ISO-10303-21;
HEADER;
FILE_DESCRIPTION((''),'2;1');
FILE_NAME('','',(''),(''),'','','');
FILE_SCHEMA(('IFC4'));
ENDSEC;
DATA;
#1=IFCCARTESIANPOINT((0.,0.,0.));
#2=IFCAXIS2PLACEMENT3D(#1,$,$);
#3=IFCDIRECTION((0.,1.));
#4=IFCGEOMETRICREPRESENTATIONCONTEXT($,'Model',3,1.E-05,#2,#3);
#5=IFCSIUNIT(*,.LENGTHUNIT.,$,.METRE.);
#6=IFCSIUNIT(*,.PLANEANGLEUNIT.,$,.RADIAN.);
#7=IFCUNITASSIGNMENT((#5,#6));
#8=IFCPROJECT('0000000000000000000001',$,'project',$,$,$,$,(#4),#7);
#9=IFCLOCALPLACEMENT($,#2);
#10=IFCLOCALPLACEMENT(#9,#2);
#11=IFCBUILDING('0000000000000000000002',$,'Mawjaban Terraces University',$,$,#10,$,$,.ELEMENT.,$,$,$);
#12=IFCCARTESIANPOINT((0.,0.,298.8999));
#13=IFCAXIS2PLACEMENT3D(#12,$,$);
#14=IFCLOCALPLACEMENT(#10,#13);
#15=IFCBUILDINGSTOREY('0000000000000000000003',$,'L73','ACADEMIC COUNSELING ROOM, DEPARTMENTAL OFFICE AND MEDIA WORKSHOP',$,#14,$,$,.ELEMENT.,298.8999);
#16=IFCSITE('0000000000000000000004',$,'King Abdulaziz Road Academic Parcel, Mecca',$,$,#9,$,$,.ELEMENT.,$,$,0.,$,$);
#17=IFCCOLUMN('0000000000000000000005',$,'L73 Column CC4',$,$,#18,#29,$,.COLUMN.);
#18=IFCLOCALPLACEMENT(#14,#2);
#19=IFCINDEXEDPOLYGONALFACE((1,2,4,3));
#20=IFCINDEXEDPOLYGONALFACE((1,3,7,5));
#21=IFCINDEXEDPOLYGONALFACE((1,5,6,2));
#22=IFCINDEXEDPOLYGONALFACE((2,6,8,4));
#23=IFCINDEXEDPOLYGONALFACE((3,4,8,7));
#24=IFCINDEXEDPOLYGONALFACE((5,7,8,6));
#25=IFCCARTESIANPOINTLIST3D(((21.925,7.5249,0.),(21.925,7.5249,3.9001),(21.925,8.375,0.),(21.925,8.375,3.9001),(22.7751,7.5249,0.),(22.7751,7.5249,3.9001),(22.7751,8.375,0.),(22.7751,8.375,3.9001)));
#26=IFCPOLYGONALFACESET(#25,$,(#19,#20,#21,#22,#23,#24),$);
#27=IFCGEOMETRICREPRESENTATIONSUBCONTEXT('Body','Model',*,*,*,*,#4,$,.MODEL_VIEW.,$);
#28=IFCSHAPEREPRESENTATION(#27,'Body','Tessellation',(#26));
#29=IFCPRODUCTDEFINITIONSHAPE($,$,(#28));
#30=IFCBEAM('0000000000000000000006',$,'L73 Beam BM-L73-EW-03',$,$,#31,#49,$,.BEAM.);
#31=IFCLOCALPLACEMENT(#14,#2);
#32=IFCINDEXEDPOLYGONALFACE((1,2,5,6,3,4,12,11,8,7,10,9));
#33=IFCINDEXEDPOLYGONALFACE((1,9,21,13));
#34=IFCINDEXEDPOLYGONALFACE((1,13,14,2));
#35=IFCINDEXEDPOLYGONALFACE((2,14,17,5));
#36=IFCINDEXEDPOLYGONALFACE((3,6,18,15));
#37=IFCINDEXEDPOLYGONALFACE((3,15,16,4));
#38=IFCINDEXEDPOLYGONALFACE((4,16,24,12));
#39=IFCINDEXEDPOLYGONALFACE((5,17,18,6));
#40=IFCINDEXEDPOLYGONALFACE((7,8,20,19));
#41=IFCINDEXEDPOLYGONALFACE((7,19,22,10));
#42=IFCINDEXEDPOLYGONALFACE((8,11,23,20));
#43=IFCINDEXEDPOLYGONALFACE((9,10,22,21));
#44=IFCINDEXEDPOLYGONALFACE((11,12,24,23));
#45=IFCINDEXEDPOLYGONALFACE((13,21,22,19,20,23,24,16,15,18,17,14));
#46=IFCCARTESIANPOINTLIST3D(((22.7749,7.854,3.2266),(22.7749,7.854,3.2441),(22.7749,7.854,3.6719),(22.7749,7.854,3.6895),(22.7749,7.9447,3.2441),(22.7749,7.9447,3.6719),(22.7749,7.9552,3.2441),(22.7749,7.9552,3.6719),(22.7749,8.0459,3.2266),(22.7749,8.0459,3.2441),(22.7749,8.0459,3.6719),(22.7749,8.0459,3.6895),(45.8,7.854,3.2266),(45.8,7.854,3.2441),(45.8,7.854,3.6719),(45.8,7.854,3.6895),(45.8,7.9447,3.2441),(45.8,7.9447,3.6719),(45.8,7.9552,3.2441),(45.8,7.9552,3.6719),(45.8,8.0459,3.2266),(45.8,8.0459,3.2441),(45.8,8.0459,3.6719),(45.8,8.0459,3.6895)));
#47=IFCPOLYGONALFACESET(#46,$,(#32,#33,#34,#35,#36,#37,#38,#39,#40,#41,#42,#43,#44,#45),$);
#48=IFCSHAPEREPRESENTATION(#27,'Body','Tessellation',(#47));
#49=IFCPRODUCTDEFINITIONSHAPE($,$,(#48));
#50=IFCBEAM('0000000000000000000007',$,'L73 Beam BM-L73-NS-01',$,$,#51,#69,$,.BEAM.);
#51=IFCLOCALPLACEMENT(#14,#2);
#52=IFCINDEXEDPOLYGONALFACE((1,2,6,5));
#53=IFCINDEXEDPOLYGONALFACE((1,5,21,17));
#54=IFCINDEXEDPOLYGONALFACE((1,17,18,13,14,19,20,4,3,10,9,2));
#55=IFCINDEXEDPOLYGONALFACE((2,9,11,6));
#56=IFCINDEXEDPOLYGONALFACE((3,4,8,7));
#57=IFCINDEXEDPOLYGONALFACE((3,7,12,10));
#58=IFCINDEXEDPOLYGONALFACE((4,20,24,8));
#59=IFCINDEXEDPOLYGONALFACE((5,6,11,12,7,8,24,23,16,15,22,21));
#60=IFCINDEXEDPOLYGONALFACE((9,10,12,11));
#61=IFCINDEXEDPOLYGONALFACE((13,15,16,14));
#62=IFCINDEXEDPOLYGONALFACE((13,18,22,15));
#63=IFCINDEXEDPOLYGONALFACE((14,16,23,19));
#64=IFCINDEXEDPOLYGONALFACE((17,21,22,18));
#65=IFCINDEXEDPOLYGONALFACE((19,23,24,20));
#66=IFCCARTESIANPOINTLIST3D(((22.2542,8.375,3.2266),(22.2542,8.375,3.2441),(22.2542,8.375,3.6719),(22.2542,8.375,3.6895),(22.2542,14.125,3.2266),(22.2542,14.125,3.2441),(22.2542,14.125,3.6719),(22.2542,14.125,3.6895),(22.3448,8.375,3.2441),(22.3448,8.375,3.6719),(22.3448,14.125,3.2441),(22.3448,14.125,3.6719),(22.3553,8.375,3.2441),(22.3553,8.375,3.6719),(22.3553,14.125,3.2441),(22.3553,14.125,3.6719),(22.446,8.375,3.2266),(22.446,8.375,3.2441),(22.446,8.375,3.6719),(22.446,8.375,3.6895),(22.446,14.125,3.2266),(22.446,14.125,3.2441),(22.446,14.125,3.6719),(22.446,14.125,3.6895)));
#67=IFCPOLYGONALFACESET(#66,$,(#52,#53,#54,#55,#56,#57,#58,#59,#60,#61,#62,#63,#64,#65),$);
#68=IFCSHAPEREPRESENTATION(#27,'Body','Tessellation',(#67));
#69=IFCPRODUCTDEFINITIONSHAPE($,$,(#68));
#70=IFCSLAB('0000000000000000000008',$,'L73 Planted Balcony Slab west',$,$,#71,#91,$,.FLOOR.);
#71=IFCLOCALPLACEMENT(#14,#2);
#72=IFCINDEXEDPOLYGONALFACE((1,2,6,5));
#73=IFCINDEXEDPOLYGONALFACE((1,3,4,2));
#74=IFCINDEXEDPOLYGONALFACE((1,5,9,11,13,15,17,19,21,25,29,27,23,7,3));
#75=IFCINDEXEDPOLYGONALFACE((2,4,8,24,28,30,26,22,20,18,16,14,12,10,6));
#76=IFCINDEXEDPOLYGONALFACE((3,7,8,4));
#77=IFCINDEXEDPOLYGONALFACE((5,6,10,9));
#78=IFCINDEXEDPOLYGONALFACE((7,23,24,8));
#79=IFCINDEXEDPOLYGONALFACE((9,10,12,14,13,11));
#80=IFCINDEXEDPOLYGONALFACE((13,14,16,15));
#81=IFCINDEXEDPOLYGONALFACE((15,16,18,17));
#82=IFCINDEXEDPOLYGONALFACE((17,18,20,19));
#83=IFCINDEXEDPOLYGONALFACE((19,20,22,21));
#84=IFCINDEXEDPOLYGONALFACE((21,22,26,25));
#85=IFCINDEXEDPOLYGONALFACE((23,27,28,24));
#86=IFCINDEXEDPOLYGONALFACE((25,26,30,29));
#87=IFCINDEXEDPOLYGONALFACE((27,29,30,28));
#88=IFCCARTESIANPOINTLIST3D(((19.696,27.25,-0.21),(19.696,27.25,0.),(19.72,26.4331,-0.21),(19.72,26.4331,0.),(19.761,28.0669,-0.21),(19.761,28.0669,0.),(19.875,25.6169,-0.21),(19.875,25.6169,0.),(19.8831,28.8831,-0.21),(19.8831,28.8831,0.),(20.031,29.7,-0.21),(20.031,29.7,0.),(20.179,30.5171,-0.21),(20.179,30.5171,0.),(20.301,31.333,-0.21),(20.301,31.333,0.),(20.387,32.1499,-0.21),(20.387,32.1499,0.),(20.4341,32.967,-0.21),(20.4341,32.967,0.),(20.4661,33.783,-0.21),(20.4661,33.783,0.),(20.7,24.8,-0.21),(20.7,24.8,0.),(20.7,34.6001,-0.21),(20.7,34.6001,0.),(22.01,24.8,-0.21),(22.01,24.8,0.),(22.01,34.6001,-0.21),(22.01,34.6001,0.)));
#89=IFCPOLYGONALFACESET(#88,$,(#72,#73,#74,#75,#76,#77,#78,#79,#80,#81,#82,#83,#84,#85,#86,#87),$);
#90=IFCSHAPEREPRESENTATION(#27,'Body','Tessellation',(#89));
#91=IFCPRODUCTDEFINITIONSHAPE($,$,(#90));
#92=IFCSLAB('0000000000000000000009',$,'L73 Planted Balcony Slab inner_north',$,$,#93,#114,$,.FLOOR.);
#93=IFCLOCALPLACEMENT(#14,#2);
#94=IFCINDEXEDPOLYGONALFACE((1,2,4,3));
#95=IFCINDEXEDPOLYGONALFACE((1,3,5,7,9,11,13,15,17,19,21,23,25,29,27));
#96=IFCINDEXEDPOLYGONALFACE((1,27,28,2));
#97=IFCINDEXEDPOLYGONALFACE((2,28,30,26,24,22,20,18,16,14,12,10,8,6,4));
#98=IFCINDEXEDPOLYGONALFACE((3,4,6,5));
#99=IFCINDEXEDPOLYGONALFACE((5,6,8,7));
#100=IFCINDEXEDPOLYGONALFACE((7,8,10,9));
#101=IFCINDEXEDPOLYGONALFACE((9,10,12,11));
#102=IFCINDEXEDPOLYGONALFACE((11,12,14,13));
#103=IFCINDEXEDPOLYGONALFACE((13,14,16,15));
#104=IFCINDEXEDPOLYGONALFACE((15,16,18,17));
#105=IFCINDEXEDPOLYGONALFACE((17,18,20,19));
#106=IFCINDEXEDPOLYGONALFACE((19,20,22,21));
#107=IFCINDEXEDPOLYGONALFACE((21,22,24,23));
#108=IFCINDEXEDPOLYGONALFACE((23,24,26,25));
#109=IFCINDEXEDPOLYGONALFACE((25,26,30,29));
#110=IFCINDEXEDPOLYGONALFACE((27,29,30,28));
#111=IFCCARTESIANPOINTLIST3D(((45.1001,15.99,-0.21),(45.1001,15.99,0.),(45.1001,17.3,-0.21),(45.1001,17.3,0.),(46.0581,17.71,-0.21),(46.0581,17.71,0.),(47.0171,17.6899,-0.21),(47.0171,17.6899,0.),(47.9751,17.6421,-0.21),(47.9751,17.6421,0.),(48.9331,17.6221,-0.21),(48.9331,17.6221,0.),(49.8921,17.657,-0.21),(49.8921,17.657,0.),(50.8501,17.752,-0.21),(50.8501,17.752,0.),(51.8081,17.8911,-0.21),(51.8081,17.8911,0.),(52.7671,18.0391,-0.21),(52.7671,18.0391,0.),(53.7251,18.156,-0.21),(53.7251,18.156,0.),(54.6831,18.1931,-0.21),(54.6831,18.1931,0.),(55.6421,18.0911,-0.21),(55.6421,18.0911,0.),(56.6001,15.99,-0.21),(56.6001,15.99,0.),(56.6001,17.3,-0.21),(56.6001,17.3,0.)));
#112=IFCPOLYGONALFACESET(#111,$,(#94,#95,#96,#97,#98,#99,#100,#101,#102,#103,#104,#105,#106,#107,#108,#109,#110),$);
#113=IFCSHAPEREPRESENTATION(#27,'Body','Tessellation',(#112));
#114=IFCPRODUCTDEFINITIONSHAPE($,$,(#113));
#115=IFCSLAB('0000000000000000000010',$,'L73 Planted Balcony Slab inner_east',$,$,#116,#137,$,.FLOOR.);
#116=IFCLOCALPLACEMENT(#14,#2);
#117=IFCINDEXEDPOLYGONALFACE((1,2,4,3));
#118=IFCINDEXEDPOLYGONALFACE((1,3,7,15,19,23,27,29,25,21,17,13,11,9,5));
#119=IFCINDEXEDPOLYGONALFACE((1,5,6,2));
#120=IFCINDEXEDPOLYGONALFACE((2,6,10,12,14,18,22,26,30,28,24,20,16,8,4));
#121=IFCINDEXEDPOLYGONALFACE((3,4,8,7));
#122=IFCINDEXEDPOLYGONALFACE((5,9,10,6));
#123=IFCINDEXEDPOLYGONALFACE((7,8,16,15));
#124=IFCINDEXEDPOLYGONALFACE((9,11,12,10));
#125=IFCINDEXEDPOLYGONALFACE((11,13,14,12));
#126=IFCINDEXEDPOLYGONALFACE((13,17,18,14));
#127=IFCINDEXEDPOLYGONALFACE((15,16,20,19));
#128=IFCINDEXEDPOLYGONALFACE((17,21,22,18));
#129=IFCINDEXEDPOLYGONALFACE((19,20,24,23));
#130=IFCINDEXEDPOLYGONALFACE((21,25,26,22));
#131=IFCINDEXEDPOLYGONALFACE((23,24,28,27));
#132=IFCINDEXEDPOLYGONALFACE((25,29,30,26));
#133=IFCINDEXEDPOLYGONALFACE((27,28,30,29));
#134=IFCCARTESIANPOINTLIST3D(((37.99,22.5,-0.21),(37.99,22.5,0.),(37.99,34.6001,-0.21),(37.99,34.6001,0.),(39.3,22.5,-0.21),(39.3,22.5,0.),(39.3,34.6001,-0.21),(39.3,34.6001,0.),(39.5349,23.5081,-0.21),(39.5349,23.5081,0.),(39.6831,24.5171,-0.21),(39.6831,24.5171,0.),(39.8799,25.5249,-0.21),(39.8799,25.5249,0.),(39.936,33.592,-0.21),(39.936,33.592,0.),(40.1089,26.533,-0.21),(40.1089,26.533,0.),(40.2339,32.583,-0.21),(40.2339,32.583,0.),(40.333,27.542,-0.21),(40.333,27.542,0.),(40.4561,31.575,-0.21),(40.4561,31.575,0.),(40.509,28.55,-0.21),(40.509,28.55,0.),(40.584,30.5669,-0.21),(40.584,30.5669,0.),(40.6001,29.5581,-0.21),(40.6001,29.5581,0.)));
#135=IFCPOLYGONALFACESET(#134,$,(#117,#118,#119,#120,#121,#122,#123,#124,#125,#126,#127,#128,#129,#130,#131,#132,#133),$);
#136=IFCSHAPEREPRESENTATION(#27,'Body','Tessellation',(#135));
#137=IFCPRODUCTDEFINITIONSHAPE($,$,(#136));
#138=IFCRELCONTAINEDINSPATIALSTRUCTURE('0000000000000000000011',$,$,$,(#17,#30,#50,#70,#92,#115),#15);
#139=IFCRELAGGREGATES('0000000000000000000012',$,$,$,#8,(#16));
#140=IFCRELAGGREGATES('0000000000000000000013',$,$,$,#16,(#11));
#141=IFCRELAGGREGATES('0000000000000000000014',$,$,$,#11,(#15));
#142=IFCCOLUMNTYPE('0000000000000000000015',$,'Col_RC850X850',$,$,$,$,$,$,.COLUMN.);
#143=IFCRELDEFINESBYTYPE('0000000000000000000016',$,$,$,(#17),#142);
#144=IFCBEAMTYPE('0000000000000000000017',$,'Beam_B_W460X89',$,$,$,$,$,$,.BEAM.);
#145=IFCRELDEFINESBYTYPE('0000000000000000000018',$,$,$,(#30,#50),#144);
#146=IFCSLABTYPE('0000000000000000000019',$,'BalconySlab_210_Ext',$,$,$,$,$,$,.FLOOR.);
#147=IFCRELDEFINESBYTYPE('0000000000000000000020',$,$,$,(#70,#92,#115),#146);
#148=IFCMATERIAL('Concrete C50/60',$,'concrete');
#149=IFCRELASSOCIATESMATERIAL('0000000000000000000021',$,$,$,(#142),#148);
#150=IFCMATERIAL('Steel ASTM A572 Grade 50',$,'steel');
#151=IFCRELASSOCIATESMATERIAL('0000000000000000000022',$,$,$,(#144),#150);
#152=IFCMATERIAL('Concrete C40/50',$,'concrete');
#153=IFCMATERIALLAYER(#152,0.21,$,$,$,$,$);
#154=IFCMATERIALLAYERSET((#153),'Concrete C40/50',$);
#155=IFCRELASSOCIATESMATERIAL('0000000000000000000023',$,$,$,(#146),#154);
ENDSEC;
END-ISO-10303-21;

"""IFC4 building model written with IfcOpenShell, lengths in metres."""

from ifc_helpers import new_model, si_unit, direction, frame, origin, origin_2d, place, context, subcontext, project, spatial, polyline, rectangle, i_section, outline, extrude, material, layer, layer_set, material_profile, profile_set, type_object, element, save


model = new_model("IFC4")

# Units and contexts
model_context = context("Model", 3, precision=1e-05, world=origin(), true_north=direction((0.0, 1.0)))
body_context = subcontext(model_context, "Body", "Model", "MODEL_VIEW")
ifc_project = project(units=[si_unit("LENGTHUNIT", "METRE"), si_unit("PLANEANGLEUNIT", "RADIAN")], contexts=[model_context])

# Site, building, storey
site_placement = place(None, origin())
site = spatial("IfcSite", under=ifc_project, at=site_placement, Name="King Abdulaziz Road Academic Parcel, Mecca", CompositionType="ELEMENT", RefElevation=0.0)
building_placement = place(site_placement, origin())
building = spatial("IfcBuilding", under=site, at=building_placement, Name="Mawjaban Terraces University", CompositionType="ELEMENT")
storey_placement = place(building_placement, frame((0.0, 0.0, 298.8999)))
storey = spatial("IfcBuildingStorey", under=building, at=storey_placement, Name="L73", Description="ACADEMIC COUNSELING ROOM, DEPARTMENTAL OFFICE AND MEDIA WORKSHOP", CompositionType="ELEMENT", Elevation=298.8999)

# Column
ifc_material_1 = material(Name="Concrete C50/60", Category="concrete")
ifc_material_profile_1 = material_profile(ifc_material_1, rectangle(XDim=0.8501, YDim=0.8501, at=origin_2d()), Name="RC850X850")
ifc_profile_set_1 = profile_set([ifc_material_profile_1], Name="Concrete C50/60")
column_type = type_object("IfcColumnType", Name="Col_RC850X850", PredefinedType="COLUMN", material=ifc_profile_set_1)
column_placement = place(storey_placement, frame((22.3501, 7.95, 0.0), z_axis=(0.0, 0.0, 1.0), x_axis=(1.0, 0.0, 0.0)))
element("IfcColumn", 1, at=column_placement, inside=storey, type_object=column_type, Name="L73 Column CC4", PredefinedType="COLUMN", context=body_context, shape_type="SweptSolid", body=[
    extrude(rectangle(XDim=0.8501, YDim=0.8501, at=origin_2d()), origin(), (0.0, 0.0, 1.0), 3.9001),
])

# Beams
ifc_material_2 = material(Name="Steel ASTM A572 Grade 50", Category="steel")
ifc_material_profile_2 = material_profile(ifc_material_2, i_section(OverallWidth=0.1919, OverallDepth=0.4629, WebThickness=0.0105, FlangeThickness=0.0176, at=origin_2d()), Name="W460X89")
ifc_profile_set_2 = profile_set([ifc_material_profile_2], Name="Steel ASTM A572 Grade 50")
beam_type = type_object("IfcBeamType", Name="Beam_B_W460X89", PredefinedType="BEAM", material=ifc_profile_set_2)
beam_1_placement = place(storey_placement, frame((22.7749, 7.95, 3.458), z_axis=(1.0, 0.0, 0.0), x_axis=(0.0, 1.0, 0.0)))
element("IfcBeam", 2, at=beam_1_placement, inside=storey, type_object=beam_type, Name="L73 Beam BM-L73-EW-03", PredefinedType="BEAM", context=body_context, shape_type="SweptSolid", body=[
    extrude(i_section(OverallWidth=0.1919, OverallDepth=0.4629, WebThickness=0.0105, FlangeThickness=0.0176, at=origin_2d()), origin(), (0.0, 0.0, 1.0), 23.0251),
])
beam_2_placement = place(storey_placement, frame((22.3501, 8.375, 3.458), z_axis=(0.0, 1.0, 0.0), x_axis=(-1.0, 0.0, 0.0)))
element("IfcBeam", 3, at=beam_2_placement, inside=storey, type_object=beam_type, Name="L73 Beam BM-L73-NS-01", PredefinedType="BEAM", context=body_context, shape_type="SweptSolid", body=[
    extrude(i_section(OverallWidth=0.1919, OverallDepth=0.4629, WebThickness=0.0105, FlangeThickness=0.0176, at=origin_2d()), origin(), (0.0, 0.0, 1.0), 5.75),
])

# Slabs
ifc_material_3 = material(Name="Concrete C40/50", Category="concrete")
ifc_layer_1 = layer(ifc_material_3, 0.21)
ifc_layer_set_1 = layer_set([ifc_layer_1], Name="Concrete C40/50")
slab_type_1 = type_object("IfcSlabType", Name="BalconySlab_210_Ext", PredefinedType="FLOOR", material=ifc_layer_set_1)
slab_1_placement = place(storey_placement, frame((0.0, 0.0, -0.21)))
element("IfcSlab", 4, at=slab_1_placement, inside=storey, type_object=slab_type_1, Name="L73 Planted Balcony Slab west", PredefinedType="FLOOR", context=body_context, shape_type="SweptSolid", body=[
    extrude(outline(polyline([(22.01, 24.8), (22.01, 34.6001), (20.7, 34.6001), (20.4661, 33.783), (20.4341, 32.967), (20.387, 32.1499), (20.301, 31.333), (20.179, 30.5171), (20.031, 29.7), (19.8831, 28.8831), (19.761, 28.0669), (19.696, 27.25), (19.72, 26.4331), (19.875, 25.6169), (20.7, 24.8), (22.01, 24.8)])), origin(), (0.0, 0.0, 1.0), 0.21),
])
slab_2_placement = place(storey_placement, frame((0.0, 0.0, -0.21)))
element("IfcSlab", 5, at=slab_2_placement, inside=storey, type_object=slab_type_1, Name="L73 Planted Balcony Slab inner_north", PredefinedType="FLOOR", context=body_context, shape_type="SweptSolid", body=[
    extrude(outline(polyline([(45.1001, 15.99), (56.6001, 15.99), (56.6001, 17.3), (55.6421, 18.0911), (54.6831, 18.1931), (53.7251, 18.156), (52.7671, 18.0391), (51.8081, 17.8911), (50.8501, 17.752), (49.8921, 17.657), (48.9331, 17.6221), (47.9751, 17.6421), (47.0171, 17.6899), (46.0581, 17.71), (45.1001, 17.3), (45.1001, 15.99)])), origin(), (0.0, 0.0, 1.0), 0.21),
])
slab_3_placement = place(storey_placement, frame((0.0, 0.0, -0.21)))
element("IfcSlab", 6, at=slab_3_placement, inside=storey, type_object=slab_type_1, Name="L73 Planted Balcony Slab inner_east", PredefinedType="FLOOR", context=body_context, shape_type="SweptSolid", body=[
    extrude(outline(polyline([(39.3, 22.5), (39.5349, 23.5081), (39.6831, 24.5171), (39.8799, 25.5249), (40.1089, 26.533), (40.333, 27.542), (40.509, 28.55), (40.6001, 29.5581), (40.584, 30.5669), (40.4561, 31.575), (40.2339, 32.583), (39.936, 33.592), (39.3, 34.6001), (37.99, 34.6001), (37.99, 22.5), (39.3, 22.5)])), origin(), (0.0, 0.0, 1.0), 0.21),
])

save(model, "model.ifc")
